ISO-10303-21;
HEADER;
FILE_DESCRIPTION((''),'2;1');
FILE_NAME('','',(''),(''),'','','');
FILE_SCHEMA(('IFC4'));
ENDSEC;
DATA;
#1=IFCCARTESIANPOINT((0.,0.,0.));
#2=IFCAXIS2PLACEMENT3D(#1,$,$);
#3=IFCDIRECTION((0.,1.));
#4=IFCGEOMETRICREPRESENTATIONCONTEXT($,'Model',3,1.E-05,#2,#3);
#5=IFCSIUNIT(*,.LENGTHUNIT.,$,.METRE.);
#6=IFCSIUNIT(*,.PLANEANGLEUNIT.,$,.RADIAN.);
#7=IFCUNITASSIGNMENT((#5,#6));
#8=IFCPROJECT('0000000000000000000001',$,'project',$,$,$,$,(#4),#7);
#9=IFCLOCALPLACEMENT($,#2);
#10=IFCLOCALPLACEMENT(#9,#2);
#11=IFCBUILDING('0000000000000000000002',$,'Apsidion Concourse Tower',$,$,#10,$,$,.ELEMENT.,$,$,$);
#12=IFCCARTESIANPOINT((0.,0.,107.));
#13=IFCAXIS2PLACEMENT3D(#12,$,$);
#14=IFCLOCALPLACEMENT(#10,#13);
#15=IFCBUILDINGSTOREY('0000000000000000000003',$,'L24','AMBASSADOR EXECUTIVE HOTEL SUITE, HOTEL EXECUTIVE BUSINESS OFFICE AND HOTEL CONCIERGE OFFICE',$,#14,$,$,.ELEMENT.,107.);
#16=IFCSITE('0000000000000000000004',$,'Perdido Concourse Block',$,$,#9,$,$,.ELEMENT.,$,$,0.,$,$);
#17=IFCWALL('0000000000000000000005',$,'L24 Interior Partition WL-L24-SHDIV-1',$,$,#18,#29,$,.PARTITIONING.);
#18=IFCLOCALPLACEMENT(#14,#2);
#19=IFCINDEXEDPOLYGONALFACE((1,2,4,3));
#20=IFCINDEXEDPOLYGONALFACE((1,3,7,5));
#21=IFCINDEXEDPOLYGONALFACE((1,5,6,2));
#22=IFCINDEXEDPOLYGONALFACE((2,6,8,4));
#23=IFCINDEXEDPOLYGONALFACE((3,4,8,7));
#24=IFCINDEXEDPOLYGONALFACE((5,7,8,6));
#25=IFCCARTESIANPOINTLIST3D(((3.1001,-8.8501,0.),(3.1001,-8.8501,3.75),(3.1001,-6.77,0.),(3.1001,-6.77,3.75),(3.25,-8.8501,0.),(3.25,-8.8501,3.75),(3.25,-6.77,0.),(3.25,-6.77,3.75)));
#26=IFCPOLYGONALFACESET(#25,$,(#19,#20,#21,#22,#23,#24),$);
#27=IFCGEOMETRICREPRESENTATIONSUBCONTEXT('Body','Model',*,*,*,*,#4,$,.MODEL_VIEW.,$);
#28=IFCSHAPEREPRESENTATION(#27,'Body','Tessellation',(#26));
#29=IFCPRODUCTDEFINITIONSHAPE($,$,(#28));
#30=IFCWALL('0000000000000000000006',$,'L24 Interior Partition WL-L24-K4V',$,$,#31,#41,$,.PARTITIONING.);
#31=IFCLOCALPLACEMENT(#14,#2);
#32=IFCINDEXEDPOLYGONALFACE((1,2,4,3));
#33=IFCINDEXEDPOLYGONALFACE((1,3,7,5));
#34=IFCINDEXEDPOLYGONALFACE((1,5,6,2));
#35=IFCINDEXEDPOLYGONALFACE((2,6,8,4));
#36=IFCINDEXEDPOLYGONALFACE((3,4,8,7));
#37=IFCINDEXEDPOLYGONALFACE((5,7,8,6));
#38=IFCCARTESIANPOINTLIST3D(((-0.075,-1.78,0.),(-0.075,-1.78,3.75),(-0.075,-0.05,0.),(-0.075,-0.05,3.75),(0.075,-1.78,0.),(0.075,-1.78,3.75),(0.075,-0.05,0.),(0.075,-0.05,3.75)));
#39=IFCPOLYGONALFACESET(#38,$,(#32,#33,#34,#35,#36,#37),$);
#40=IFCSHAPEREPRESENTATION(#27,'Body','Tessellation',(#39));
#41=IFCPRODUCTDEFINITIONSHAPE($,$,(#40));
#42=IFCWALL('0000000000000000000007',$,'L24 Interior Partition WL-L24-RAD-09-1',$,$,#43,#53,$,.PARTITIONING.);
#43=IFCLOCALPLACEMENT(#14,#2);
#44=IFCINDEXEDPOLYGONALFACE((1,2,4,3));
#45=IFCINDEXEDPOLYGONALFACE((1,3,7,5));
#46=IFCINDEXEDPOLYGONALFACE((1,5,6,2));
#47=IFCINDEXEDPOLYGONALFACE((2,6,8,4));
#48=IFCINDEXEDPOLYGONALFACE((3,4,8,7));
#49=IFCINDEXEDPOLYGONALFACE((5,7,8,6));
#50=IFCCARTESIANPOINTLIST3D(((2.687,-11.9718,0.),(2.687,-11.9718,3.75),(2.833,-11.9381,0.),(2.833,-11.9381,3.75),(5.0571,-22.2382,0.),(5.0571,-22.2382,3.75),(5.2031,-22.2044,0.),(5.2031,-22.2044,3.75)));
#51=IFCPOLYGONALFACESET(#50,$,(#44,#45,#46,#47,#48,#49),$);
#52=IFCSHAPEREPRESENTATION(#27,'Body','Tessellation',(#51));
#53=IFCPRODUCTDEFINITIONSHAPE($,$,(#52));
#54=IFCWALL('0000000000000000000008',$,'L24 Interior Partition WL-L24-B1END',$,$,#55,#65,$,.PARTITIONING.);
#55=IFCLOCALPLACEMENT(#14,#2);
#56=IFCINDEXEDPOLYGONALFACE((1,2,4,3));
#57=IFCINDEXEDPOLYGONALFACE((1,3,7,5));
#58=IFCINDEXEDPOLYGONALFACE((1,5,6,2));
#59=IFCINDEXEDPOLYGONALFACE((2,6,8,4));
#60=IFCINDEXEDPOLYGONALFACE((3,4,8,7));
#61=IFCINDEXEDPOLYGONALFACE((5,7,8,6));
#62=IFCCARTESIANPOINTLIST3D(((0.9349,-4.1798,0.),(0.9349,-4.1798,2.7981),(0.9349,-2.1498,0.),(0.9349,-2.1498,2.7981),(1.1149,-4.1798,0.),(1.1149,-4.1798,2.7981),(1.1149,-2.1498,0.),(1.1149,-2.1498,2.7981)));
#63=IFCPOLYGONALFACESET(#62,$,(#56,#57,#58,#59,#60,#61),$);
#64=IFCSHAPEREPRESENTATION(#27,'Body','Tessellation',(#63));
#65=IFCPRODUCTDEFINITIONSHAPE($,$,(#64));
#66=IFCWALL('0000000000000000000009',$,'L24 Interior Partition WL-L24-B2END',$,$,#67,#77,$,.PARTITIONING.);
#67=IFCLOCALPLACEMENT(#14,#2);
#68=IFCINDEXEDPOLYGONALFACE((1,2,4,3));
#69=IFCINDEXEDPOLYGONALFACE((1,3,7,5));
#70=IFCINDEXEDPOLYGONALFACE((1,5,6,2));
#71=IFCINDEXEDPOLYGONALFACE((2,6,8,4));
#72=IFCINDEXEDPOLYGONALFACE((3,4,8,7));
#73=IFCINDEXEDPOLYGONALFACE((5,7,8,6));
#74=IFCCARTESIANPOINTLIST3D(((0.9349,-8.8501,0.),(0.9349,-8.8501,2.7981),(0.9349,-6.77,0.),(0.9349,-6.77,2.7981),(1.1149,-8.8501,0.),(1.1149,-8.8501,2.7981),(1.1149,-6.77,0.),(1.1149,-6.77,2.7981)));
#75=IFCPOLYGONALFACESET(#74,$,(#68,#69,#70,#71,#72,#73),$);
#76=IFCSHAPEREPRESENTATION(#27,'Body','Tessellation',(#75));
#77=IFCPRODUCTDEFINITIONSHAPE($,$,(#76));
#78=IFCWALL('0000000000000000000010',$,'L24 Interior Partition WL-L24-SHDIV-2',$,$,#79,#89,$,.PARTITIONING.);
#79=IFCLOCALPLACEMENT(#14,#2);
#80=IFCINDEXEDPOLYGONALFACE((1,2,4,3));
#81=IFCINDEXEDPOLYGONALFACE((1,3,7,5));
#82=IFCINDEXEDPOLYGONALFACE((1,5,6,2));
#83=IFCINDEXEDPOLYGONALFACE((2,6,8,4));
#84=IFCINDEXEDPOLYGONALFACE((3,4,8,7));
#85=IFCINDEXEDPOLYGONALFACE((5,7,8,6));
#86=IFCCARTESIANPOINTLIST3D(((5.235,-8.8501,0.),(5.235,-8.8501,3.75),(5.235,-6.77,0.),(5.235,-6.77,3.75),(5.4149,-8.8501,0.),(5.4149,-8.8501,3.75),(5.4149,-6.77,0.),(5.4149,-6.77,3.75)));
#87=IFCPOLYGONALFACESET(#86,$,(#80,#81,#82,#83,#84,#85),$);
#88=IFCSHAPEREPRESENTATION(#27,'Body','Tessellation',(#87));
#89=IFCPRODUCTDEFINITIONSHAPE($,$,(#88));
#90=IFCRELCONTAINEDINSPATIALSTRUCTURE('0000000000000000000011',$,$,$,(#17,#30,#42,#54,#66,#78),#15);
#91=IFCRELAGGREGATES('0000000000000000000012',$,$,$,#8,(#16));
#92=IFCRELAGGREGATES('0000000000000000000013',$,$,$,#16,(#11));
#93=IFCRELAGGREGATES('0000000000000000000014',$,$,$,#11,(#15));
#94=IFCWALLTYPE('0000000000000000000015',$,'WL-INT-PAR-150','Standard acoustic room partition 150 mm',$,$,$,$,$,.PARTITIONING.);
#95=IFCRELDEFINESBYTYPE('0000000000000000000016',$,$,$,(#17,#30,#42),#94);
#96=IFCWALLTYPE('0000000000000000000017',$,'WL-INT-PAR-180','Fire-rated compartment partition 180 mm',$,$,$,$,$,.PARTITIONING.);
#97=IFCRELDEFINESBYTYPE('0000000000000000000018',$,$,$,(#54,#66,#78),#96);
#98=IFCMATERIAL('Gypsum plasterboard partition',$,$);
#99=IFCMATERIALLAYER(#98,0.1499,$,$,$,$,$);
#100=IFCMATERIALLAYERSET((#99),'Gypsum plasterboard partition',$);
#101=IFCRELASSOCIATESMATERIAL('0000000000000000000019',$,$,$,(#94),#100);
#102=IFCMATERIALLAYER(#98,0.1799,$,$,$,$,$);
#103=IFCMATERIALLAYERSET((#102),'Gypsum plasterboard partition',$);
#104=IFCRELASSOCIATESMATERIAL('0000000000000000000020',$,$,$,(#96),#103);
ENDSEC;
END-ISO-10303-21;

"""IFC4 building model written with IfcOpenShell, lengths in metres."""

from ifc_helpers import new_model, si_unit, direction, frame, frame_2d, origin, place, context, subcontext, project, spatial, rectangle, extrude, material, layer, layer_set, type_object, element, save


model = new_model("IFC4")

# Units and contexts
model_context = context("Model", 3, precision=1e-05, world=origin(), true_north=direction((0.0, 1.0)))
body_context = subcontext(model_context, "Body", "Model", "MODEL_VIEW")
ifc_project = project(units=[si_unit("LENGTHUNIT", "METRE"), si_unit("PLANEANGLEUNIT", "RADIAN")], contexts=[model_context])

# Site, building, storey
site_placement = place(None, origin())
site = spatial("IfcSite", under=ifc_project, at=site_placement, Name="Perdido Concourse Block", CompositionType="ELEMENT", RefElevation=0.0)
building_placement = place(site_placement, origin())
building = spatial("IfcBuilding", under=site, at=building_placement, Name="Apsidion Concourse Tower", CompositionType="ELEMENT")
storey_placement = place(building_placement, frame((0.0, 0.0, 107.0)))
storey = spatial("IfcBuildingStorey", under=building, at=storey_placement, Name="L24", Description="AMBASSADOR EXECUTIVE HOTEL SUITE, HOTEL EXECUTIVE BUSINESS OFFICE AND HOTEL CONCIERGE OFFICE", CompositionType="ELEMENT", Elevation=107.0)

# Walls
ifc_material_1 = material(Name="Gypsum plasterboard partition")
ifc_layer_1 = layer(ifc_material_1, 0.1499)
ifc_layer_set_1 = layer_set([ifc_layer_1], Name="Gypsum plasterboard partition")
wall_type_1 = type_object("IfcWallType", Name="WL-INT-PAR-150", Description="Standard acoustic room partition 150 mm", PredefinedType="PARTITIONING", material=ifc_layer_set_1)
wall_1_placement = place(storey_placement, frame((3.175, -8.8501, 0.0), z_axis=(0.0, 0.0, 1.0), x_axis=(0.0, 1.0, 0.0)))
element("IfcWall", 1, at=wall_1_placement, inside=storey, type_object=wall_type_1, Name="L24 Interior Partition WL-L24-SHDIV-1", PredefinedType="PARTITIONING", context=body_context, shape_type="SweptSolid", body=[
    extrude(rectangle(XDim=2.0801, YDim=0.1499, at=frame_2d((1.04, 0.0))), origin(), (0.0, 0.0, 1.0), 3.75),
])
wall_2_placement = place(storey_placement, frame((0.0, -1.78, 0.0), z_axis=(0.0, 0.0, 1.0), x_axis=(0.0, 1.0, 0.0)))
element("IfcWall", 2, at=wall_2_placement, inside=storey, type_object=wall_type_1, Name="L24 Interior Partition WL-L24-K4V", PredefinedType="PARTITIONING", context=body_context, shape_type="SweptSolid", body=[
    extrude(rectangle(XDim=1.73, YDim=0.1499, at=frame_2d((0.865, 0.0))), origin(), (0.0, 0.0, 1.0), 3.75),
])
wall_3_placement = place(storey_placement, frame((2.76, -11.9551, 0.0), z_axis=(0.0, 0.0, 1.0), x_axis=(0.224946, -0.974371, 0.0)))
element("IfcWall", 3, at=wall_3_placement, inside=storey, type_object=wall_type_1, Name="L24 Interior Partition WL-L24-RAD-09-1", PredefinedType="PARTITIONING", context=body_context, shape_type="SweptSolid", body=[
    extrude(rectangle(XDim=10.5364, YDim=0.1499, at=frame_2d((5.2681, 0.0))), origin(), (0.0, 0.0, 1.0), 3.75),
])
ifc_layer_2 = layer(ifc_material_1, 0.1799)
ifc_layer_set_2 = layer_set([ifc_layer_2], Name="Gypsum plasterboard partition")
wall_type_2 = type_object("IfcWallType", Name="WL-INT-PAR-180", Description="Fire-rated compartment partition 180 mm", PredefinedType="PARTITIONING", material=ifc_layer_set_2)
wall_4_placement = place(storey_placement, frame((1.0249, -4.1799, 0.0), z_axis=(0.0, 0.0, 1.0), x_axis=(0.0, 1.0, 0.0)))
element("IfcWall", 4, at=wall_4_placement, inside=storey, type_object=wall_type_2, Name="L24 Interior Partition WL-L24-B1END", PredefinedType="PARTITIONING", context=body_context, shape_type="SweptSolid", body=[
    extrude(rectangle(XDim=2.03, YDim=0.1799, at=frame_2d((1.0151, 0.0))), origin(), (0.0, 0.0, 1.0), 2.7981),
])
wall_5_placement = place(storey_placement, frame((1.0249, -8.8501, 0.0), z_axis=(0.0, 0.0, 1.0), x_axis=(0.0, 1.0, 0.0)))
element("IfcWall", 5, at=wall_5_placement, inside=storey, type_object=wall_type_2, Name="L24 Interior Partition WL-L24-B2END", PredefinedType="PARTITIONING", context=body_context, shape_type="SweptSolid", body=[
    extrude(rectangle(XDim=2.0801, YDim=0.1799, at=frame_2d((1.04, 0.0))), origin(), (0.0, 0.0, 1.0), 2.7981),
])
wall_6_placement = place(storey_placement, frame((5.325, -8.8501, 0.0), z_axis=(0.0, 0.0, 1.0), x_axis=(0.0, 1.0, 0.0)))
element("IfcWall", 6, at=wall_6_placement, inside=storey, type_object=wall_type_2, Name="L24 Interior Partition WL-L24-SHDIV-2", PredefinedType="PARTITIONING", context=body_context, shape_type="SweptSolid", body=[
    extrude(rectangle(XDim=2.0801, YDim=0.1799, at=frame_2d((1.04, 0.0))), origin(), (0.0, 0.0, 1.0), 3.75),
])

save(model, "model.ifc")
